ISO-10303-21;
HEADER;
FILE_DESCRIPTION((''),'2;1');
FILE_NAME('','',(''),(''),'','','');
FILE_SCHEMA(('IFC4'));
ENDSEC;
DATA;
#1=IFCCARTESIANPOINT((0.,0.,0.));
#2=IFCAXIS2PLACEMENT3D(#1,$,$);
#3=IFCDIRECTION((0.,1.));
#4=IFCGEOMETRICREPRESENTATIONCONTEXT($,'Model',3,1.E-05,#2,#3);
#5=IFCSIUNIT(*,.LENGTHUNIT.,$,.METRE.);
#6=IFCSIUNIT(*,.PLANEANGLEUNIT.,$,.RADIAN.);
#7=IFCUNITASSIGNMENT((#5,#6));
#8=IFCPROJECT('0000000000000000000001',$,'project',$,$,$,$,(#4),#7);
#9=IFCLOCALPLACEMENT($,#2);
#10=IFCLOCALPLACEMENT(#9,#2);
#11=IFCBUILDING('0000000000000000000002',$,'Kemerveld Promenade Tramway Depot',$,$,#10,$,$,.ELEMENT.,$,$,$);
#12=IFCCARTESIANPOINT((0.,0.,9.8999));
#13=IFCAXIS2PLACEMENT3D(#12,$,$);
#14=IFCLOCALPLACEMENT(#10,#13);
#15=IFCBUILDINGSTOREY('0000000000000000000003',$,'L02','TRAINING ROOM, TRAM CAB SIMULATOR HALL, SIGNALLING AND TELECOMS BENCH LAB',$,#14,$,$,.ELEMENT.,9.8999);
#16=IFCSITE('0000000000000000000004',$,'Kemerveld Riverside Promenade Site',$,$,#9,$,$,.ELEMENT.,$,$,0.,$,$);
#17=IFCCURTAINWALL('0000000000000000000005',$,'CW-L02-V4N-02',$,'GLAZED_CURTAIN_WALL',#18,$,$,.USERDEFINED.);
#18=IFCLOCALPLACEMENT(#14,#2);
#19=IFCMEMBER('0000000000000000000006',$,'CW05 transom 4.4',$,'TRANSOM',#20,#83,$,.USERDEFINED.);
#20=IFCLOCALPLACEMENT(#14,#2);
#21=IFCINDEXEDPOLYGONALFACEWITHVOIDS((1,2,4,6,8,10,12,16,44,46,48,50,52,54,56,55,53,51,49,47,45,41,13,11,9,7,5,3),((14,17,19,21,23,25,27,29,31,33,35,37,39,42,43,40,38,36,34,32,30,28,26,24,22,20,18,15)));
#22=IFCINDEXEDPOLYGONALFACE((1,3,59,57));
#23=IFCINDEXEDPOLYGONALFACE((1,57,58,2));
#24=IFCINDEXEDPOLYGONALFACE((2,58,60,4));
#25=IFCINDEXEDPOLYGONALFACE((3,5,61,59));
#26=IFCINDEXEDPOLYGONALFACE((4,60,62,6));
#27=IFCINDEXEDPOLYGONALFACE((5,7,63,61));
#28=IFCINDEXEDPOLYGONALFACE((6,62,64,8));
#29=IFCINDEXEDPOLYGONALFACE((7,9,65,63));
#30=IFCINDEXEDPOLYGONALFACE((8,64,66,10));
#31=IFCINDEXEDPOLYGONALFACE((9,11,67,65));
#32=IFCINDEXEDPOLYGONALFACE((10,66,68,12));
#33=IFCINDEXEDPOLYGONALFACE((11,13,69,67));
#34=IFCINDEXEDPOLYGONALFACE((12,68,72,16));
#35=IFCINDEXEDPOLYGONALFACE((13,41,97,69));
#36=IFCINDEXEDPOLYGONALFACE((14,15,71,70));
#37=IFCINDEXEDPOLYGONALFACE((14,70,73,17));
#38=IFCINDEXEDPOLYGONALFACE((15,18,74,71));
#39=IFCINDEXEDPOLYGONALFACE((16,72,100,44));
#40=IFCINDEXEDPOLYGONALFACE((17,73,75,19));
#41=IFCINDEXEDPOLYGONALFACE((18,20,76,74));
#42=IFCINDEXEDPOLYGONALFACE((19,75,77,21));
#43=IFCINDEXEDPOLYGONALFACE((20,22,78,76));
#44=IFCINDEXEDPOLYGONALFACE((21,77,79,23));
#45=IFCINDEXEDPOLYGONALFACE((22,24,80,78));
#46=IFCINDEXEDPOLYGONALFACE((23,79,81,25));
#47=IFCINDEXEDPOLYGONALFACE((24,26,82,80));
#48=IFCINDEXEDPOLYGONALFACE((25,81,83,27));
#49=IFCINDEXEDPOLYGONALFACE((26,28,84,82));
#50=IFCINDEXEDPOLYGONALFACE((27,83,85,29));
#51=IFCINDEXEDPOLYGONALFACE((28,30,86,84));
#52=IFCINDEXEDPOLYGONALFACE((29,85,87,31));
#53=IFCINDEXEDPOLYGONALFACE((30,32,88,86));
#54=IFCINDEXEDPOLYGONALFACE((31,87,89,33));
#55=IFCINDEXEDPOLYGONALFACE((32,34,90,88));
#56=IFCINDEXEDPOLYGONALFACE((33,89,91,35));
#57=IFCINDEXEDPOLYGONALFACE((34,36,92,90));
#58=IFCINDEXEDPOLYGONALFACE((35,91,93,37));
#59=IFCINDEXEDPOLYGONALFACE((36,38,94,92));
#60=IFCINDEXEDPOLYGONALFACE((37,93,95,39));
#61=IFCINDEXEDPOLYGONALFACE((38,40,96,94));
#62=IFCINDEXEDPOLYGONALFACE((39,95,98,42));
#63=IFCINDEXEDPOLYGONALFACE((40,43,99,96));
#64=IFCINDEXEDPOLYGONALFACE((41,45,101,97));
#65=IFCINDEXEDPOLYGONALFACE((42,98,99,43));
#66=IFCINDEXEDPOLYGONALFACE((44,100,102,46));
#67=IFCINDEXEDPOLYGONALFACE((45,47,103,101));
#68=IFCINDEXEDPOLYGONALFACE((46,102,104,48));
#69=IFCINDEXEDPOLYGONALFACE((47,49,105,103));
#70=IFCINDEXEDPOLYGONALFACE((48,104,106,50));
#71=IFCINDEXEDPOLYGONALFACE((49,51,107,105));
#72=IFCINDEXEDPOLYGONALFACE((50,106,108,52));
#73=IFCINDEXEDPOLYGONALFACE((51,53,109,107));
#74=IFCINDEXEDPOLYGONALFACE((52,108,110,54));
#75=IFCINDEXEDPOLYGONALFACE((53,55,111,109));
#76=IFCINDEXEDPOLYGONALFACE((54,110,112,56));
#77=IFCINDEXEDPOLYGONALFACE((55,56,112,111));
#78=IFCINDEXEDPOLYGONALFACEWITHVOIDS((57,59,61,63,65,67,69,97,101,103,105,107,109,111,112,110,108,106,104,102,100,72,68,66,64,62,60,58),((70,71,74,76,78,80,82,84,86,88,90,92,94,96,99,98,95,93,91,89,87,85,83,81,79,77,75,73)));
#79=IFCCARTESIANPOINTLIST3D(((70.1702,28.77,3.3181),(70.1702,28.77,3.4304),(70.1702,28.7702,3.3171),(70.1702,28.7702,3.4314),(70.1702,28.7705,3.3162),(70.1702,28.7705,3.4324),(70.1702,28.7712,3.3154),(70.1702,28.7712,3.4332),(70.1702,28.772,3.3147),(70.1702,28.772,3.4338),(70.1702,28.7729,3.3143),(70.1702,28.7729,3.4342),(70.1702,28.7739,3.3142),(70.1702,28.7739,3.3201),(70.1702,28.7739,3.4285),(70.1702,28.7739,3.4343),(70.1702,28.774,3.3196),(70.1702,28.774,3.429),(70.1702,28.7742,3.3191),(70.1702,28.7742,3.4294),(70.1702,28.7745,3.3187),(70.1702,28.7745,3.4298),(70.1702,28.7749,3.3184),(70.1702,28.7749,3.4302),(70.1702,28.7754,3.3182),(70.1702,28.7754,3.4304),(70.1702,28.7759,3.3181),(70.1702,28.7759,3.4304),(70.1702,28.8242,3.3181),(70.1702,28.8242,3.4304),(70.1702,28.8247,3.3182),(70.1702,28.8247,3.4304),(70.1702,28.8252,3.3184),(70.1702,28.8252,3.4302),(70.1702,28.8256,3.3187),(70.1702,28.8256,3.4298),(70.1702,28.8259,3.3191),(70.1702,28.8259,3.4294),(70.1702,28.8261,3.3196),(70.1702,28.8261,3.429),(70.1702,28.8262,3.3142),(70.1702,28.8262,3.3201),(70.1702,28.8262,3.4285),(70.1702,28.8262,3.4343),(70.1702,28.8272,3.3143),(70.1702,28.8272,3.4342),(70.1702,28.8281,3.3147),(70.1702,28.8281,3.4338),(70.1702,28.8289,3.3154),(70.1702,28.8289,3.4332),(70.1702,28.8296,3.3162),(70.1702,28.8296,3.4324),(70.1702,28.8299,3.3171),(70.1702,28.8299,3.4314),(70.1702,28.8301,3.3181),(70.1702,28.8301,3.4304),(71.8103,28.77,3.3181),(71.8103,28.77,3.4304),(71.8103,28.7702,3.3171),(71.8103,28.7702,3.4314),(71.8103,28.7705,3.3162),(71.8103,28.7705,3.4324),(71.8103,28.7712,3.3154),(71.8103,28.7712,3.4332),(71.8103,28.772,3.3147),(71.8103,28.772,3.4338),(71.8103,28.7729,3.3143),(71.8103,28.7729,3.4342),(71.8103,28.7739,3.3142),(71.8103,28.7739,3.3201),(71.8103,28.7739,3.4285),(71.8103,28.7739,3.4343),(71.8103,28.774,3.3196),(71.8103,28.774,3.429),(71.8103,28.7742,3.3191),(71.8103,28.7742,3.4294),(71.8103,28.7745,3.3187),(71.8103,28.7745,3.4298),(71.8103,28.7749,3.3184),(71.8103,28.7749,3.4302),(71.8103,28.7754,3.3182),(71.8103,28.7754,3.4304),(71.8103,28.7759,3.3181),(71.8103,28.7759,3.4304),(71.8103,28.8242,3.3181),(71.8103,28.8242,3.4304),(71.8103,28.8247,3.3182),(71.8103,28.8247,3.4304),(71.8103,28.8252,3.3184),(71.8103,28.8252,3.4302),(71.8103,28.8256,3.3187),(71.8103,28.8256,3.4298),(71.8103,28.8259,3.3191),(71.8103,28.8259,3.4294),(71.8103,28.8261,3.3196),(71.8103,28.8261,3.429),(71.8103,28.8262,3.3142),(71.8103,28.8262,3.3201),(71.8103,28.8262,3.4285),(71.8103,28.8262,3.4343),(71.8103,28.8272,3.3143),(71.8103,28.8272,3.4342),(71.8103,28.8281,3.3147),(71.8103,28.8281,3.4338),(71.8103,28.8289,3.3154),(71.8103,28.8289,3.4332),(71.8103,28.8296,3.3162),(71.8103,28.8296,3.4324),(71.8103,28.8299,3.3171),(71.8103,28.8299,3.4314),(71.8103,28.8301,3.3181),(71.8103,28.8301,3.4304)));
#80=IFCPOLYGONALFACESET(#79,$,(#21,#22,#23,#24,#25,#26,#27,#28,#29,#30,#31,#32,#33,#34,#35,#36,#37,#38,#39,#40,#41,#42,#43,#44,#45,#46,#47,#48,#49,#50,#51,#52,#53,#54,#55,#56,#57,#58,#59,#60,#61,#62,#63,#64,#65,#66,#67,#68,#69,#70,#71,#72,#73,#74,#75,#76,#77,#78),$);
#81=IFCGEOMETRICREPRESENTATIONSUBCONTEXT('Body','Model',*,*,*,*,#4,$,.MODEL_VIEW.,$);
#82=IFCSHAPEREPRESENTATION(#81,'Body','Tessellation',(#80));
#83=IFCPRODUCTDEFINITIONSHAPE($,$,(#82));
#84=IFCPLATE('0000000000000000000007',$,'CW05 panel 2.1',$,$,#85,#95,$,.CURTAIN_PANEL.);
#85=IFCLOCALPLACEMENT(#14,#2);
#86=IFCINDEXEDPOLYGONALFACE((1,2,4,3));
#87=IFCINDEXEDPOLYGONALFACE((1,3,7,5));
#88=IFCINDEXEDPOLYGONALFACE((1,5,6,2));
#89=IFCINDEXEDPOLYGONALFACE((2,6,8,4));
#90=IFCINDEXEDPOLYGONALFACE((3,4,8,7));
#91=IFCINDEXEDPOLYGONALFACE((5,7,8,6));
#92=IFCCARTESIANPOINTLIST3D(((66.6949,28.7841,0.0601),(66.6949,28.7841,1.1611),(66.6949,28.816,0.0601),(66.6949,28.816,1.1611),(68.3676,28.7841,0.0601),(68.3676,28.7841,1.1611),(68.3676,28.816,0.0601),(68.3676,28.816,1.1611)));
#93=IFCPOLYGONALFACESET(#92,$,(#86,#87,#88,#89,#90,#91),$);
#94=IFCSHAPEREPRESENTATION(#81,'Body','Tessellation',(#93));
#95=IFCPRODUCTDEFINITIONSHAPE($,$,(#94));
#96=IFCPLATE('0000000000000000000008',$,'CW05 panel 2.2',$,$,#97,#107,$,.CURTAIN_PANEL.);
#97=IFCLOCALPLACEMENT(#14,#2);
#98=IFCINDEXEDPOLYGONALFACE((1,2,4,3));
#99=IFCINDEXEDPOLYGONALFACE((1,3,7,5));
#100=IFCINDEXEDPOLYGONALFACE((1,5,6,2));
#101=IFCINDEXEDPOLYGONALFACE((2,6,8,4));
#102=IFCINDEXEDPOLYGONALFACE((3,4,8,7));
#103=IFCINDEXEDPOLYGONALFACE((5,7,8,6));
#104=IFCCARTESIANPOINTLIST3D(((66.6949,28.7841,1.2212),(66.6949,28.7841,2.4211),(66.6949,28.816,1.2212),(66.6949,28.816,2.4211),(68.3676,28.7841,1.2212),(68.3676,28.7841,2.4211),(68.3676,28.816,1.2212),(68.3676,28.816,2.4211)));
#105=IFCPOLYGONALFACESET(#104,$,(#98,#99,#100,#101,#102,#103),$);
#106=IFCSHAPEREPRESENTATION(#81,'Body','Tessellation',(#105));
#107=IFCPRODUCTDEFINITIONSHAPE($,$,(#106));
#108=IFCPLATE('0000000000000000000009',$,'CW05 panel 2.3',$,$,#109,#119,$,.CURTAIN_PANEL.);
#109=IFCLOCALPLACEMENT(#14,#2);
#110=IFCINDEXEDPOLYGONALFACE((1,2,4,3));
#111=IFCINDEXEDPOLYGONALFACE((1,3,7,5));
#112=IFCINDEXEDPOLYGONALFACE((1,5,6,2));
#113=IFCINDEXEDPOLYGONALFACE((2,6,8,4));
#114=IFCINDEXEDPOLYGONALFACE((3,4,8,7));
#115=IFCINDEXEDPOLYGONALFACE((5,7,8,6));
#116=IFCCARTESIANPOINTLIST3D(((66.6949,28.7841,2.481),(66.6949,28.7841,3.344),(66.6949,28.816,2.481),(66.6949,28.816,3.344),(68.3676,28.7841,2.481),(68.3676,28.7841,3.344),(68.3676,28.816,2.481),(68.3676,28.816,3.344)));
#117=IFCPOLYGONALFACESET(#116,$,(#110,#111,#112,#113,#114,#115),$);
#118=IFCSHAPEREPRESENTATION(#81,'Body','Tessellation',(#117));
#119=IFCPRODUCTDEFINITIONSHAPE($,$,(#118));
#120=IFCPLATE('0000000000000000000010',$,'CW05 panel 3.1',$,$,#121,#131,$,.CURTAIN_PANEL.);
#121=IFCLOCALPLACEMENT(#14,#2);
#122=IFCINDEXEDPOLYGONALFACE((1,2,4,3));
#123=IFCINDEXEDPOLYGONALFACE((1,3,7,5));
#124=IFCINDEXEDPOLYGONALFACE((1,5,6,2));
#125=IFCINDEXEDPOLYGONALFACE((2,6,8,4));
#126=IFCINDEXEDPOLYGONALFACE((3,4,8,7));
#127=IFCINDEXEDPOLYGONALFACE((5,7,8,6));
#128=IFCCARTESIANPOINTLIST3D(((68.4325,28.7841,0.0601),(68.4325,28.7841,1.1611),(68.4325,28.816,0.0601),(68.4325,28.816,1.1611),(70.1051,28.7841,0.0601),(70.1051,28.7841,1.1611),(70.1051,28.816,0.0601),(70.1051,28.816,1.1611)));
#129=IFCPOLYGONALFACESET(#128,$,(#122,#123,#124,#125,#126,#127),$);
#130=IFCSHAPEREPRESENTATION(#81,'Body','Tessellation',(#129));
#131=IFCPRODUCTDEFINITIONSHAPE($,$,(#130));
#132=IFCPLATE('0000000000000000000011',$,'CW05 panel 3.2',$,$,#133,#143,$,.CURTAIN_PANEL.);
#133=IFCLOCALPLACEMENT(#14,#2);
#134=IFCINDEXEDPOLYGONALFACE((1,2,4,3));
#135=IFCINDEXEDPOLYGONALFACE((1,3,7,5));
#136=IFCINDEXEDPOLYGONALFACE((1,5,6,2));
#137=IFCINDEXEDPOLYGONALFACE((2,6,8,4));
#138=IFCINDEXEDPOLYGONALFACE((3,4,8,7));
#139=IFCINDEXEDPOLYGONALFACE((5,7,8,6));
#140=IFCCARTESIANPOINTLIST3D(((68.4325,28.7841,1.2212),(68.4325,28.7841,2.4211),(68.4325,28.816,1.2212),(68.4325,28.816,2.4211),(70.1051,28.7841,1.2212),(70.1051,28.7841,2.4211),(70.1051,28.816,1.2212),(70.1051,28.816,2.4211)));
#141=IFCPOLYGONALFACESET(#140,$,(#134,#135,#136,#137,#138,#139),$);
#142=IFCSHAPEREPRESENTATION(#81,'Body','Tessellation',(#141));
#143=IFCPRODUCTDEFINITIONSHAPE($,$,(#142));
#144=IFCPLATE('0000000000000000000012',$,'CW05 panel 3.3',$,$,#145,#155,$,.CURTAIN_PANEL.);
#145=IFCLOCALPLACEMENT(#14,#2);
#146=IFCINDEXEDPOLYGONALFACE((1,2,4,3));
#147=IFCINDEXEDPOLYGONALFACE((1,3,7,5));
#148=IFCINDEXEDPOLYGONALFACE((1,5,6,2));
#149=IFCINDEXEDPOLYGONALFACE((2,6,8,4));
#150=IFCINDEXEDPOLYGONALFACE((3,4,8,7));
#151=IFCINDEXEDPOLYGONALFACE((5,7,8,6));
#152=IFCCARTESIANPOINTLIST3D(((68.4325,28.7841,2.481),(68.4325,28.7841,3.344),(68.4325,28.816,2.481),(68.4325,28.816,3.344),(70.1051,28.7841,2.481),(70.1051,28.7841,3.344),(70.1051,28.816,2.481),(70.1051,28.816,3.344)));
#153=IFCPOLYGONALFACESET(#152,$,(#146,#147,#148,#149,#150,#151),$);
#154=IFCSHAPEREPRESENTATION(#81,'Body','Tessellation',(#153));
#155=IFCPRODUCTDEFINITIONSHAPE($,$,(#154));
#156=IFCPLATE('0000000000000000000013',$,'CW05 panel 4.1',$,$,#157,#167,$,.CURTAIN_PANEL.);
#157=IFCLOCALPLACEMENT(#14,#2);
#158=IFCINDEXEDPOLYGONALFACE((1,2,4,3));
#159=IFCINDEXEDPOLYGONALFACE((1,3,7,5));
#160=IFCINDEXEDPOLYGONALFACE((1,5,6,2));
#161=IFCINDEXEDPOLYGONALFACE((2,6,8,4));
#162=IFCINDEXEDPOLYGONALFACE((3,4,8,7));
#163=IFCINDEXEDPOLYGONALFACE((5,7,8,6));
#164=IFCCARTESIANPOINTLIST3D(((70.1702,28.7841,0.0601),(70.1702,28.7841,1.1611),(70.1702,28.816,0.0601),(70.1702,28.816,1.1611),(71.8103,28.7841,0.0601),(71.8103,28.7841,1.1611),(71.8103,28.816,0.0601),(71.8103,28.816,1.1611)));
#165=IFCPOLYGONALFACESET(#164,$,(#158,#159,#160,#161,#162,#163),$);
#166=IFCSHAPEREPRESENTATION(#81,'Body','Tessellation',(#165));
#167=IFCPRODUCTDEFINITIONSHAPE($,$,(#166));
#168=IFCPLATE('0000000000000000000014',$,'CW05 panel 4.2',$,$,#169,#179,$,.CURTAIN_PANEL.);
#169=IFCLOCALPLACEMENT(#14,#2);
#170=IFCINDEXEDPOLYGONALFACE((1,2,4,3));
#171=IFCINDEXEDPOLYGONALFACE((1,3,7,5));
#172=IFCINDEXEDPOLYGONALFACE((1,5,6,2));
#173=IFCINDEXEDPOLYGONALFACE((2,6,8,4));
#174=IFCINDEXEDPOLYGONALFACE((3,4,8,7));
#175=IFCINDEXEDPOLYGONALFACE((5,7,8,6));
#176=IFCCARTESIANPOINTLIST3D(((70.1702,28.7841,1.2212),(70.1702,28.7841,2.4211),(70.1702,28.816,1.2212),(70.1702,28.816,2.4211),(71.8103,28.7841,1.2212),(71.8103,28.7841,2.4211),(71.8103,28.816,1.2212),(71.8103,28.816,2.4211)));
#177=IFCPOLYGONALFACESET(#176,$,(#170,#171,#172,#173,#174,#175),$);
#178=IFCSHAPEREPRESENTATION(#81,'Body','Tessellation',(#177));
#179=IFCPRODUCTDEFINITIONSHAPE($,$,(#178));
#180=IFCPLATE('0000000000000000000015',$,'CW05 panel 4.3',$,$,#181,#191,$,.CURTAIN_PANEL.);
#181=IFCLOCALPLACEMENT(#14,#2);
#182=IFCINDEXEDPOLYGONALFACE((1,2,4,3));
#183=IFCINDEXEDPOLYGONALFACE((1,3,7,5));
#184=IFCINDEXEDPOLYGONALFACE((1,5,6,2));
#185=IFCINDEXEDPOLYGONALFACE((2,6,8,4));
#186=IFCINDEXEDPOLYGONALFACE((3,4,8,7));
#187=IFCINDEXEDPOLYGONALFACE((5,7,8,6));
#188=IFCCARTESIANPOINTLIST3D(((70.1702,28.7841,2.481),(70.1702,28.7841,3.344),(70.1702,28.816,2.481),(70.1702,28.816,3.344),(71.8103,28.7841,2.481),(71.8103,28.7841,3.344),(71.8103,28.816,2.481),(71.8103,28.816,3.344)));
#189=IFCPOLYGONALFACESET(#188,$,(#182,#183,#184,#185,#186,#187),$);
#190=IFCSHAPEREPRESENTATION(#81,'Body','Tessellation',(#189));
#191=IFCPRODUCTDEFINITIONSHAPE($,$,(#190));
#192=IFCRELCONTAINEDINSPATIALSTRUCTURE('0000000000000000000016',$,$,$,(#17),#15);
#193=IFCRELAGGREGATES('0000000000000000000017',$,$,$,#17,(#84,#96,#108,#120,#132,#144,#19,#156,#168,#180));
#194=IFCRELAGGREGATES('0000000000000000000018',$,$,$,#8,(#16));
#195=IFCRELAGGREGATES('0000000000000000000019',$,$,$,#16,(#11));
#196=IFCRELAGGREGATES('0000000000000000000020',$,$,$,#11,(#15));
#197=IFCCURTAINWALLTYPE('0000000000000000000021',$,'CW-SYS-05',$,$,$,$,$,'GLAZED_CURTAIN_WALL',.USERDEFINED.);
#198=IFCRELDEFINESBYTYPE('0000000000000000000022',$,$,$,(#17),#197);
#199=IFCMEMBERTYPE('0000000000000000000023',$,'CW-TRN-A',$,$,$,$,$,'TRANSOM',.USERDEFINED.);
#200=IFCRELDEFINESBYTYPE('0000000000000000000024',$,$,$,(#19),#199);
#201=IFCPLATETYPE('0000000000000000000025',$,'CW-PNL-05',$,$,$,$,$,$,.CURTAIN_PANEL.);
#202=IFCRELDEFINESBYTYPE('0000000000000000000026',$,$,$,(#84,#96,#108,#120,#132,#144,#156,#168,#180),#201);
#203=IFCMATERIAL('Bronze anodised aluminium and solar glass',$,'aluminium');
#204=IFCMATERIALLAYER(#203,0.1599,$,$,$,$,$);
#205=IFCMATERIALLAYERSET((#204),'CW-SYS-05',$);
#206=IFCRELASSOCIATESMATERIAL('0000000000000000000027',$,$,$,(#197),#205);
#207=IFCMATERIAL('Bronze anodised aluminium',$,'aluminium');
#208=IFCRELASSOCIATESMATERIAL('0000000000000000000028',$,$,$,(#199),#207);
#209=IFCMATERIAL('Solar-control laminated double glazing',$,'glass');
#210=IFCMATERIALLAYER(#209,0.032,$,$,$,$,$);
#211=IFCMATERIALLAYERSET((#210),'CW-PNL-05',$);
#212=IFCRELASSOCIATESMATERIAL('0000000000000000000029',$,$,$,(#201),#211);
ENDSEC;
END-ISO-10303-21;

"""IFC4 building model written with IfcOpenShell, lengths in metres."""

from ifc_helpers import new_model, si_unit, direction, frame, origin, origin_2d, place, context, subcontext, project, spatial, rectangle, hollow_rectangle, extrude, material, layer, layer_set, material_profile, profile_set, type_object, element, aggregate, save


model = new_model("IFC4")

# Units and contexts
model_context = context("Model", 3, precision=1e-05, world=origin(), true_north=direction((0.0, 1.0)))
body_context = subcontext(model_context, "Body", "Model", "MODEL_VIEW")
ifc_project = project(units=[si_unit("LENGTHUNIT", "METRE"), si_unit("PLANEANGLEUNIT", "RADIAN")], contexts=[model_context])

# Site, building, storey
site_placement = place(None, origin())
site = spatial("IfcSite", under=ifc_project, at=site_placement, Name="Kemerveld Riverside Promenade Site", CompositionType="ELEMENT", RefElevation=0.0)
building_placement = place(site_placement, origin())
building = spatial("IfcBuilding", under=site, at=building_placement, Name="Kemerveld Promenade Tramway Depot", CompositionType="ELEMENT")
storey_placement = place(building_placement, frame((0.0, 0.0, 9.8999)))
storey = spatial("IfcBuildingStorey", under=building, at=storey_placement, Name="L02", Description="TRAINING ROOM, TRAM CAB SIMULATOR HALL, SIGNALLING AND TELECOMS BENCH LAB", CompositionType="ELEMENT", Elevation=9.8999)

# Curtain wall, member, plates
ifc_material_1 = material(Name="Bronze anodised aluminium and solar glass", Category="aluminium")
ifc_layer_1 = layer(ifc_material_1, 0.1599)
ifc_layer_set_1 = layer_set([ifc_layer_1], Name="CW-SYS-05")
curtain_wall_type = type_object("IfcCurtainWallType", Name="CW-SYS-05", ElementType="GLAZED_CURTAIN_WALL", PredefinedType="USERDEFINED", material=ifc_layer_set_1)
curtain_wall_placement = place(storey_placement, origin())
curtain_wall = element("IfcCurtainWall", 1, at=curtain_wall_placement, inside=storey, type_object=curtain_wall_type, Name="CW-L02-V4N-02", ObjectType="GLAZED_CURTAIN_WALL", PredefinedType="USERDEFINED")
ifc_material_2 = material(Name="Bronze anodised aluminium", Category="aluminium")
ifc_material_profile_1 = material_profile(ifc_material_2, hollow_rectangle(XDim=0.0601, YDim=0.1201, WallThickness=0.0039, InnerFilletRadius=0.002, OuterFilletRadius=0.0039, at=origin_2d()), Name="CW-TRN-120x60")
ifc_profile_set_1 = profile_set([ifc_material_profile_1], Name="Bronze anodised aluminium")
member_type_1 = type_object("IfcMemberType", Name="CW-TRN-A", ElementType="TRANSOM", PredefinedType="USERDEFINED", material=ifc_profile_set_1)
member_1_placement = place(storey_placement, frame((70.1702, 28.8, 3.3743), z_axis=(1.0, 0.0, 0.0), x_axis=(0.0, 1.0, 0.0)))
member_1 = element("IfcMember", 2, at=member_1_placement, type_object=member_type_1, Name="CW05 transom 4.4", ObjectType="TRANSOM", PredefinedType="USERDEFINED", context=body_context, shape_type="SweptSolid", body=[
    extrude(hollow_rectangle(XDim=0.0601, YDim=0.1201, WallThickness=0.0039, InnerFilletRadius=0.002, OuterFilletRadius=0.0039, at=origin_2d()), origin(), (0.0, 0.0, 1.0), 1.6401),
])
ifc_material_3 = material(Name="Solar-control laminated double glazing", Category="glass")
ifc_layer_2 = layer(ifc_material_3, 0.032)
ifc_layer_set_2 = layer_set([ifc_layer_2], Name="CW-PNL-05")
plate_type = type_object("IfcPlateType", Name="CW-PNL-05", PredefinedType="CURTAIN_PANEL", material=ifc_layer_set_2)
plate_1_placement = place(storey_placement, frame((67.5312, 28.8, 0.0601), z_axis=(0.0, 0.0, 1.0), x_axis=(1.0, 0.0, 0.0)))
plate_1 = element("IfcPlate", 3, at=plate_1_placement, type_object=plate_type, Name="CW05 panel 2.1", PredefinedType="CURTAIN_PANEL", context=body_context, shape_type="SweptSolid", body=[
    extrude(rectangle(XDim=1.6726, YDim=0.032, at=origin_2d()), origin(), (0.0, 0.0, 1.0), 1.1011),
])
plate_2_placement = place(storey_placement, frame((67.5312, 28.8, 1.2212), z_axis=(0.0, 0.0, 1.0), x_axis=(1.0, 0.0, 0.0)))
plate_2 = element("IfcPlate", 4, at=plate_2_placement, type_object=plate_type, Name="CW05 panel 2.2", PredefinedType="CURTAIN_PANEL", context=body_context, shape_type="SweptSolid", body=[
    extrude(rectangle(XDim=1.6726, YDim=0.032, at=origin_2d()), origin(), (0.0, 0.0, 1.0), 1.2),
])
plate_3_placement = place(storey_placement, frame((67.5312, 28.8, 2.481), z_axis=(0.0, 0.0, 1.0), x_axis=(1.0, 0.0, 0.0)))
plate_3 = element("IfcPlate", 5, at=plate_3_placement, type_object=plate_type, Name="CW05 panel 2.3", PredefinedType="CURTAIN_PANEL", context=body_context, shape_type="SweptSolid", body=[
    extrude(rectangle(XDim=1.6726, YDim=0.032, at=origin_2d()), origin(), (0.0, 0.0, 1.0), 0.863),
])
plate_4_placement = place(storey_placement, frame((69.2688, 28.8, 0.0601), z_axis=(0.0, 0.0, 1.0), x_axis=(1.0, 0.0, 0.0)))
plate_4 = element("IfcPlate", 6, at=plate_4_placement, type_object=plate_type, Name="CW05 panel 3.1", PredefinedType="CURTAIN_PANEL", context=body_context, shape_type="SweptSolid", body=[
    extrude(rectangle(XDim=1.6726, YDim=0.032, at=origin_2d()), origin(), (0.0, 0.0, 1.0), 1.1011),
])
plate_5_placement = place(storey_placement, frame((69.2688, 28.8, 1.2212), z_axis=(0.0, 0.0, 1.0), x_axis=(1.0, 0.0, 0.0)))
plate_5 = element("IfcPlate", 7, at=plate_5_placement, type_object=plate_type, Name="CW05 panel 3.2", PredefinedType="CURTAIN_PANEL", context=body_context, shape_type="SweptSolid", body=[
    extrude(rectangle(XDim=1.6726, YDim=0.032, at=origin_2d()), origin(), (0.0, 0.0, 1.0), 1.2),
])
plate_6_placement = place(storey_placement, frame((69.2688, 28.8, 2.481), z_axis=(0.0, 0.0, 1.0), x_axis=(1.0, 0.0, 0.0)))
plate_6 = element("IfcPlate", 8, at=plate_6_placement, type_object=plate_type, Name="CW05 panel 3.3", PredefinedType="CURTAIN_PANEL", context=body_context, shape_type="SweptSolid", body=[
    extrude(rectangle(XDim=1.6726, YDim=0.032, at=origin_2d()), origin(), (0.0, 0.0, 1.0), 0.863),
])
plate_7_placement = place(storey_placement, frame((70.9902, 28.8, 0.0601), z_axis=(0.0, 0.0, 1.0), x_axis=(1.0, 0.0, 0.0)))
plate_7 = element("IfcPlate", 9, at=plate_7_placement, type_object=plate_type, Name="CW05 panel 4.1", PredefinedType="CURTAIN_PANEL", context=body_context, shape_type="SweptSolid", body=[
    extrude(rectangle(XDim=1.6401, YDim=0.032, at=origin_2d()), origin(), (0.0, 0.0, 1.0), 1.1011),
])
plate_8_placement = place(storey_placement, frame((70.9902, 28.8, 1.2212), z_axis=(0.0, 0.0, 1.0), x_axis=(1.0, 0.0, 0.0)))
plate_8 = element("IfcPlate", 10, at=plate_8_placement, type_object=plate_type, Name="CW05 panel 4.2", PredefinedType="CURTAIN_PANEL", context=body_context, shape_type="SweptSolid", body=[
    extrude(rectangle(XDim=1.6401, YDim=0.032, at=origin_2d()), origin(), (0.0, 0.0, 1.0), 1.2),
])
plate_9_placement = place(storey_placement, frame((70.9902, 28.8, 2.481), z_axis=(0.0, 0.0, 1.0), x_axis=(1.0, 0.0, 0.0)))
plate_9 = element("IfcPlate", 11, at=plate_9_placement, type_object=plate_type, Name="CW05 panel 4.3", PredefinedType="CURTAIN_PANEL", context=body_context, shape_type="SweptSolid", body=[
    extrude(rectangle(XDim=1.6401, YDim=0.032, at=origin_2d()), origin(), (0.0, 0.0, 1.0), 0.863),
])
aggregate(curtain_wall, [plate_1, plate_2, plate_3, plate_4, plate_5, plate_6, member_1, plate_7, plate_8, plate_9])

save(model, "model.ifc")
